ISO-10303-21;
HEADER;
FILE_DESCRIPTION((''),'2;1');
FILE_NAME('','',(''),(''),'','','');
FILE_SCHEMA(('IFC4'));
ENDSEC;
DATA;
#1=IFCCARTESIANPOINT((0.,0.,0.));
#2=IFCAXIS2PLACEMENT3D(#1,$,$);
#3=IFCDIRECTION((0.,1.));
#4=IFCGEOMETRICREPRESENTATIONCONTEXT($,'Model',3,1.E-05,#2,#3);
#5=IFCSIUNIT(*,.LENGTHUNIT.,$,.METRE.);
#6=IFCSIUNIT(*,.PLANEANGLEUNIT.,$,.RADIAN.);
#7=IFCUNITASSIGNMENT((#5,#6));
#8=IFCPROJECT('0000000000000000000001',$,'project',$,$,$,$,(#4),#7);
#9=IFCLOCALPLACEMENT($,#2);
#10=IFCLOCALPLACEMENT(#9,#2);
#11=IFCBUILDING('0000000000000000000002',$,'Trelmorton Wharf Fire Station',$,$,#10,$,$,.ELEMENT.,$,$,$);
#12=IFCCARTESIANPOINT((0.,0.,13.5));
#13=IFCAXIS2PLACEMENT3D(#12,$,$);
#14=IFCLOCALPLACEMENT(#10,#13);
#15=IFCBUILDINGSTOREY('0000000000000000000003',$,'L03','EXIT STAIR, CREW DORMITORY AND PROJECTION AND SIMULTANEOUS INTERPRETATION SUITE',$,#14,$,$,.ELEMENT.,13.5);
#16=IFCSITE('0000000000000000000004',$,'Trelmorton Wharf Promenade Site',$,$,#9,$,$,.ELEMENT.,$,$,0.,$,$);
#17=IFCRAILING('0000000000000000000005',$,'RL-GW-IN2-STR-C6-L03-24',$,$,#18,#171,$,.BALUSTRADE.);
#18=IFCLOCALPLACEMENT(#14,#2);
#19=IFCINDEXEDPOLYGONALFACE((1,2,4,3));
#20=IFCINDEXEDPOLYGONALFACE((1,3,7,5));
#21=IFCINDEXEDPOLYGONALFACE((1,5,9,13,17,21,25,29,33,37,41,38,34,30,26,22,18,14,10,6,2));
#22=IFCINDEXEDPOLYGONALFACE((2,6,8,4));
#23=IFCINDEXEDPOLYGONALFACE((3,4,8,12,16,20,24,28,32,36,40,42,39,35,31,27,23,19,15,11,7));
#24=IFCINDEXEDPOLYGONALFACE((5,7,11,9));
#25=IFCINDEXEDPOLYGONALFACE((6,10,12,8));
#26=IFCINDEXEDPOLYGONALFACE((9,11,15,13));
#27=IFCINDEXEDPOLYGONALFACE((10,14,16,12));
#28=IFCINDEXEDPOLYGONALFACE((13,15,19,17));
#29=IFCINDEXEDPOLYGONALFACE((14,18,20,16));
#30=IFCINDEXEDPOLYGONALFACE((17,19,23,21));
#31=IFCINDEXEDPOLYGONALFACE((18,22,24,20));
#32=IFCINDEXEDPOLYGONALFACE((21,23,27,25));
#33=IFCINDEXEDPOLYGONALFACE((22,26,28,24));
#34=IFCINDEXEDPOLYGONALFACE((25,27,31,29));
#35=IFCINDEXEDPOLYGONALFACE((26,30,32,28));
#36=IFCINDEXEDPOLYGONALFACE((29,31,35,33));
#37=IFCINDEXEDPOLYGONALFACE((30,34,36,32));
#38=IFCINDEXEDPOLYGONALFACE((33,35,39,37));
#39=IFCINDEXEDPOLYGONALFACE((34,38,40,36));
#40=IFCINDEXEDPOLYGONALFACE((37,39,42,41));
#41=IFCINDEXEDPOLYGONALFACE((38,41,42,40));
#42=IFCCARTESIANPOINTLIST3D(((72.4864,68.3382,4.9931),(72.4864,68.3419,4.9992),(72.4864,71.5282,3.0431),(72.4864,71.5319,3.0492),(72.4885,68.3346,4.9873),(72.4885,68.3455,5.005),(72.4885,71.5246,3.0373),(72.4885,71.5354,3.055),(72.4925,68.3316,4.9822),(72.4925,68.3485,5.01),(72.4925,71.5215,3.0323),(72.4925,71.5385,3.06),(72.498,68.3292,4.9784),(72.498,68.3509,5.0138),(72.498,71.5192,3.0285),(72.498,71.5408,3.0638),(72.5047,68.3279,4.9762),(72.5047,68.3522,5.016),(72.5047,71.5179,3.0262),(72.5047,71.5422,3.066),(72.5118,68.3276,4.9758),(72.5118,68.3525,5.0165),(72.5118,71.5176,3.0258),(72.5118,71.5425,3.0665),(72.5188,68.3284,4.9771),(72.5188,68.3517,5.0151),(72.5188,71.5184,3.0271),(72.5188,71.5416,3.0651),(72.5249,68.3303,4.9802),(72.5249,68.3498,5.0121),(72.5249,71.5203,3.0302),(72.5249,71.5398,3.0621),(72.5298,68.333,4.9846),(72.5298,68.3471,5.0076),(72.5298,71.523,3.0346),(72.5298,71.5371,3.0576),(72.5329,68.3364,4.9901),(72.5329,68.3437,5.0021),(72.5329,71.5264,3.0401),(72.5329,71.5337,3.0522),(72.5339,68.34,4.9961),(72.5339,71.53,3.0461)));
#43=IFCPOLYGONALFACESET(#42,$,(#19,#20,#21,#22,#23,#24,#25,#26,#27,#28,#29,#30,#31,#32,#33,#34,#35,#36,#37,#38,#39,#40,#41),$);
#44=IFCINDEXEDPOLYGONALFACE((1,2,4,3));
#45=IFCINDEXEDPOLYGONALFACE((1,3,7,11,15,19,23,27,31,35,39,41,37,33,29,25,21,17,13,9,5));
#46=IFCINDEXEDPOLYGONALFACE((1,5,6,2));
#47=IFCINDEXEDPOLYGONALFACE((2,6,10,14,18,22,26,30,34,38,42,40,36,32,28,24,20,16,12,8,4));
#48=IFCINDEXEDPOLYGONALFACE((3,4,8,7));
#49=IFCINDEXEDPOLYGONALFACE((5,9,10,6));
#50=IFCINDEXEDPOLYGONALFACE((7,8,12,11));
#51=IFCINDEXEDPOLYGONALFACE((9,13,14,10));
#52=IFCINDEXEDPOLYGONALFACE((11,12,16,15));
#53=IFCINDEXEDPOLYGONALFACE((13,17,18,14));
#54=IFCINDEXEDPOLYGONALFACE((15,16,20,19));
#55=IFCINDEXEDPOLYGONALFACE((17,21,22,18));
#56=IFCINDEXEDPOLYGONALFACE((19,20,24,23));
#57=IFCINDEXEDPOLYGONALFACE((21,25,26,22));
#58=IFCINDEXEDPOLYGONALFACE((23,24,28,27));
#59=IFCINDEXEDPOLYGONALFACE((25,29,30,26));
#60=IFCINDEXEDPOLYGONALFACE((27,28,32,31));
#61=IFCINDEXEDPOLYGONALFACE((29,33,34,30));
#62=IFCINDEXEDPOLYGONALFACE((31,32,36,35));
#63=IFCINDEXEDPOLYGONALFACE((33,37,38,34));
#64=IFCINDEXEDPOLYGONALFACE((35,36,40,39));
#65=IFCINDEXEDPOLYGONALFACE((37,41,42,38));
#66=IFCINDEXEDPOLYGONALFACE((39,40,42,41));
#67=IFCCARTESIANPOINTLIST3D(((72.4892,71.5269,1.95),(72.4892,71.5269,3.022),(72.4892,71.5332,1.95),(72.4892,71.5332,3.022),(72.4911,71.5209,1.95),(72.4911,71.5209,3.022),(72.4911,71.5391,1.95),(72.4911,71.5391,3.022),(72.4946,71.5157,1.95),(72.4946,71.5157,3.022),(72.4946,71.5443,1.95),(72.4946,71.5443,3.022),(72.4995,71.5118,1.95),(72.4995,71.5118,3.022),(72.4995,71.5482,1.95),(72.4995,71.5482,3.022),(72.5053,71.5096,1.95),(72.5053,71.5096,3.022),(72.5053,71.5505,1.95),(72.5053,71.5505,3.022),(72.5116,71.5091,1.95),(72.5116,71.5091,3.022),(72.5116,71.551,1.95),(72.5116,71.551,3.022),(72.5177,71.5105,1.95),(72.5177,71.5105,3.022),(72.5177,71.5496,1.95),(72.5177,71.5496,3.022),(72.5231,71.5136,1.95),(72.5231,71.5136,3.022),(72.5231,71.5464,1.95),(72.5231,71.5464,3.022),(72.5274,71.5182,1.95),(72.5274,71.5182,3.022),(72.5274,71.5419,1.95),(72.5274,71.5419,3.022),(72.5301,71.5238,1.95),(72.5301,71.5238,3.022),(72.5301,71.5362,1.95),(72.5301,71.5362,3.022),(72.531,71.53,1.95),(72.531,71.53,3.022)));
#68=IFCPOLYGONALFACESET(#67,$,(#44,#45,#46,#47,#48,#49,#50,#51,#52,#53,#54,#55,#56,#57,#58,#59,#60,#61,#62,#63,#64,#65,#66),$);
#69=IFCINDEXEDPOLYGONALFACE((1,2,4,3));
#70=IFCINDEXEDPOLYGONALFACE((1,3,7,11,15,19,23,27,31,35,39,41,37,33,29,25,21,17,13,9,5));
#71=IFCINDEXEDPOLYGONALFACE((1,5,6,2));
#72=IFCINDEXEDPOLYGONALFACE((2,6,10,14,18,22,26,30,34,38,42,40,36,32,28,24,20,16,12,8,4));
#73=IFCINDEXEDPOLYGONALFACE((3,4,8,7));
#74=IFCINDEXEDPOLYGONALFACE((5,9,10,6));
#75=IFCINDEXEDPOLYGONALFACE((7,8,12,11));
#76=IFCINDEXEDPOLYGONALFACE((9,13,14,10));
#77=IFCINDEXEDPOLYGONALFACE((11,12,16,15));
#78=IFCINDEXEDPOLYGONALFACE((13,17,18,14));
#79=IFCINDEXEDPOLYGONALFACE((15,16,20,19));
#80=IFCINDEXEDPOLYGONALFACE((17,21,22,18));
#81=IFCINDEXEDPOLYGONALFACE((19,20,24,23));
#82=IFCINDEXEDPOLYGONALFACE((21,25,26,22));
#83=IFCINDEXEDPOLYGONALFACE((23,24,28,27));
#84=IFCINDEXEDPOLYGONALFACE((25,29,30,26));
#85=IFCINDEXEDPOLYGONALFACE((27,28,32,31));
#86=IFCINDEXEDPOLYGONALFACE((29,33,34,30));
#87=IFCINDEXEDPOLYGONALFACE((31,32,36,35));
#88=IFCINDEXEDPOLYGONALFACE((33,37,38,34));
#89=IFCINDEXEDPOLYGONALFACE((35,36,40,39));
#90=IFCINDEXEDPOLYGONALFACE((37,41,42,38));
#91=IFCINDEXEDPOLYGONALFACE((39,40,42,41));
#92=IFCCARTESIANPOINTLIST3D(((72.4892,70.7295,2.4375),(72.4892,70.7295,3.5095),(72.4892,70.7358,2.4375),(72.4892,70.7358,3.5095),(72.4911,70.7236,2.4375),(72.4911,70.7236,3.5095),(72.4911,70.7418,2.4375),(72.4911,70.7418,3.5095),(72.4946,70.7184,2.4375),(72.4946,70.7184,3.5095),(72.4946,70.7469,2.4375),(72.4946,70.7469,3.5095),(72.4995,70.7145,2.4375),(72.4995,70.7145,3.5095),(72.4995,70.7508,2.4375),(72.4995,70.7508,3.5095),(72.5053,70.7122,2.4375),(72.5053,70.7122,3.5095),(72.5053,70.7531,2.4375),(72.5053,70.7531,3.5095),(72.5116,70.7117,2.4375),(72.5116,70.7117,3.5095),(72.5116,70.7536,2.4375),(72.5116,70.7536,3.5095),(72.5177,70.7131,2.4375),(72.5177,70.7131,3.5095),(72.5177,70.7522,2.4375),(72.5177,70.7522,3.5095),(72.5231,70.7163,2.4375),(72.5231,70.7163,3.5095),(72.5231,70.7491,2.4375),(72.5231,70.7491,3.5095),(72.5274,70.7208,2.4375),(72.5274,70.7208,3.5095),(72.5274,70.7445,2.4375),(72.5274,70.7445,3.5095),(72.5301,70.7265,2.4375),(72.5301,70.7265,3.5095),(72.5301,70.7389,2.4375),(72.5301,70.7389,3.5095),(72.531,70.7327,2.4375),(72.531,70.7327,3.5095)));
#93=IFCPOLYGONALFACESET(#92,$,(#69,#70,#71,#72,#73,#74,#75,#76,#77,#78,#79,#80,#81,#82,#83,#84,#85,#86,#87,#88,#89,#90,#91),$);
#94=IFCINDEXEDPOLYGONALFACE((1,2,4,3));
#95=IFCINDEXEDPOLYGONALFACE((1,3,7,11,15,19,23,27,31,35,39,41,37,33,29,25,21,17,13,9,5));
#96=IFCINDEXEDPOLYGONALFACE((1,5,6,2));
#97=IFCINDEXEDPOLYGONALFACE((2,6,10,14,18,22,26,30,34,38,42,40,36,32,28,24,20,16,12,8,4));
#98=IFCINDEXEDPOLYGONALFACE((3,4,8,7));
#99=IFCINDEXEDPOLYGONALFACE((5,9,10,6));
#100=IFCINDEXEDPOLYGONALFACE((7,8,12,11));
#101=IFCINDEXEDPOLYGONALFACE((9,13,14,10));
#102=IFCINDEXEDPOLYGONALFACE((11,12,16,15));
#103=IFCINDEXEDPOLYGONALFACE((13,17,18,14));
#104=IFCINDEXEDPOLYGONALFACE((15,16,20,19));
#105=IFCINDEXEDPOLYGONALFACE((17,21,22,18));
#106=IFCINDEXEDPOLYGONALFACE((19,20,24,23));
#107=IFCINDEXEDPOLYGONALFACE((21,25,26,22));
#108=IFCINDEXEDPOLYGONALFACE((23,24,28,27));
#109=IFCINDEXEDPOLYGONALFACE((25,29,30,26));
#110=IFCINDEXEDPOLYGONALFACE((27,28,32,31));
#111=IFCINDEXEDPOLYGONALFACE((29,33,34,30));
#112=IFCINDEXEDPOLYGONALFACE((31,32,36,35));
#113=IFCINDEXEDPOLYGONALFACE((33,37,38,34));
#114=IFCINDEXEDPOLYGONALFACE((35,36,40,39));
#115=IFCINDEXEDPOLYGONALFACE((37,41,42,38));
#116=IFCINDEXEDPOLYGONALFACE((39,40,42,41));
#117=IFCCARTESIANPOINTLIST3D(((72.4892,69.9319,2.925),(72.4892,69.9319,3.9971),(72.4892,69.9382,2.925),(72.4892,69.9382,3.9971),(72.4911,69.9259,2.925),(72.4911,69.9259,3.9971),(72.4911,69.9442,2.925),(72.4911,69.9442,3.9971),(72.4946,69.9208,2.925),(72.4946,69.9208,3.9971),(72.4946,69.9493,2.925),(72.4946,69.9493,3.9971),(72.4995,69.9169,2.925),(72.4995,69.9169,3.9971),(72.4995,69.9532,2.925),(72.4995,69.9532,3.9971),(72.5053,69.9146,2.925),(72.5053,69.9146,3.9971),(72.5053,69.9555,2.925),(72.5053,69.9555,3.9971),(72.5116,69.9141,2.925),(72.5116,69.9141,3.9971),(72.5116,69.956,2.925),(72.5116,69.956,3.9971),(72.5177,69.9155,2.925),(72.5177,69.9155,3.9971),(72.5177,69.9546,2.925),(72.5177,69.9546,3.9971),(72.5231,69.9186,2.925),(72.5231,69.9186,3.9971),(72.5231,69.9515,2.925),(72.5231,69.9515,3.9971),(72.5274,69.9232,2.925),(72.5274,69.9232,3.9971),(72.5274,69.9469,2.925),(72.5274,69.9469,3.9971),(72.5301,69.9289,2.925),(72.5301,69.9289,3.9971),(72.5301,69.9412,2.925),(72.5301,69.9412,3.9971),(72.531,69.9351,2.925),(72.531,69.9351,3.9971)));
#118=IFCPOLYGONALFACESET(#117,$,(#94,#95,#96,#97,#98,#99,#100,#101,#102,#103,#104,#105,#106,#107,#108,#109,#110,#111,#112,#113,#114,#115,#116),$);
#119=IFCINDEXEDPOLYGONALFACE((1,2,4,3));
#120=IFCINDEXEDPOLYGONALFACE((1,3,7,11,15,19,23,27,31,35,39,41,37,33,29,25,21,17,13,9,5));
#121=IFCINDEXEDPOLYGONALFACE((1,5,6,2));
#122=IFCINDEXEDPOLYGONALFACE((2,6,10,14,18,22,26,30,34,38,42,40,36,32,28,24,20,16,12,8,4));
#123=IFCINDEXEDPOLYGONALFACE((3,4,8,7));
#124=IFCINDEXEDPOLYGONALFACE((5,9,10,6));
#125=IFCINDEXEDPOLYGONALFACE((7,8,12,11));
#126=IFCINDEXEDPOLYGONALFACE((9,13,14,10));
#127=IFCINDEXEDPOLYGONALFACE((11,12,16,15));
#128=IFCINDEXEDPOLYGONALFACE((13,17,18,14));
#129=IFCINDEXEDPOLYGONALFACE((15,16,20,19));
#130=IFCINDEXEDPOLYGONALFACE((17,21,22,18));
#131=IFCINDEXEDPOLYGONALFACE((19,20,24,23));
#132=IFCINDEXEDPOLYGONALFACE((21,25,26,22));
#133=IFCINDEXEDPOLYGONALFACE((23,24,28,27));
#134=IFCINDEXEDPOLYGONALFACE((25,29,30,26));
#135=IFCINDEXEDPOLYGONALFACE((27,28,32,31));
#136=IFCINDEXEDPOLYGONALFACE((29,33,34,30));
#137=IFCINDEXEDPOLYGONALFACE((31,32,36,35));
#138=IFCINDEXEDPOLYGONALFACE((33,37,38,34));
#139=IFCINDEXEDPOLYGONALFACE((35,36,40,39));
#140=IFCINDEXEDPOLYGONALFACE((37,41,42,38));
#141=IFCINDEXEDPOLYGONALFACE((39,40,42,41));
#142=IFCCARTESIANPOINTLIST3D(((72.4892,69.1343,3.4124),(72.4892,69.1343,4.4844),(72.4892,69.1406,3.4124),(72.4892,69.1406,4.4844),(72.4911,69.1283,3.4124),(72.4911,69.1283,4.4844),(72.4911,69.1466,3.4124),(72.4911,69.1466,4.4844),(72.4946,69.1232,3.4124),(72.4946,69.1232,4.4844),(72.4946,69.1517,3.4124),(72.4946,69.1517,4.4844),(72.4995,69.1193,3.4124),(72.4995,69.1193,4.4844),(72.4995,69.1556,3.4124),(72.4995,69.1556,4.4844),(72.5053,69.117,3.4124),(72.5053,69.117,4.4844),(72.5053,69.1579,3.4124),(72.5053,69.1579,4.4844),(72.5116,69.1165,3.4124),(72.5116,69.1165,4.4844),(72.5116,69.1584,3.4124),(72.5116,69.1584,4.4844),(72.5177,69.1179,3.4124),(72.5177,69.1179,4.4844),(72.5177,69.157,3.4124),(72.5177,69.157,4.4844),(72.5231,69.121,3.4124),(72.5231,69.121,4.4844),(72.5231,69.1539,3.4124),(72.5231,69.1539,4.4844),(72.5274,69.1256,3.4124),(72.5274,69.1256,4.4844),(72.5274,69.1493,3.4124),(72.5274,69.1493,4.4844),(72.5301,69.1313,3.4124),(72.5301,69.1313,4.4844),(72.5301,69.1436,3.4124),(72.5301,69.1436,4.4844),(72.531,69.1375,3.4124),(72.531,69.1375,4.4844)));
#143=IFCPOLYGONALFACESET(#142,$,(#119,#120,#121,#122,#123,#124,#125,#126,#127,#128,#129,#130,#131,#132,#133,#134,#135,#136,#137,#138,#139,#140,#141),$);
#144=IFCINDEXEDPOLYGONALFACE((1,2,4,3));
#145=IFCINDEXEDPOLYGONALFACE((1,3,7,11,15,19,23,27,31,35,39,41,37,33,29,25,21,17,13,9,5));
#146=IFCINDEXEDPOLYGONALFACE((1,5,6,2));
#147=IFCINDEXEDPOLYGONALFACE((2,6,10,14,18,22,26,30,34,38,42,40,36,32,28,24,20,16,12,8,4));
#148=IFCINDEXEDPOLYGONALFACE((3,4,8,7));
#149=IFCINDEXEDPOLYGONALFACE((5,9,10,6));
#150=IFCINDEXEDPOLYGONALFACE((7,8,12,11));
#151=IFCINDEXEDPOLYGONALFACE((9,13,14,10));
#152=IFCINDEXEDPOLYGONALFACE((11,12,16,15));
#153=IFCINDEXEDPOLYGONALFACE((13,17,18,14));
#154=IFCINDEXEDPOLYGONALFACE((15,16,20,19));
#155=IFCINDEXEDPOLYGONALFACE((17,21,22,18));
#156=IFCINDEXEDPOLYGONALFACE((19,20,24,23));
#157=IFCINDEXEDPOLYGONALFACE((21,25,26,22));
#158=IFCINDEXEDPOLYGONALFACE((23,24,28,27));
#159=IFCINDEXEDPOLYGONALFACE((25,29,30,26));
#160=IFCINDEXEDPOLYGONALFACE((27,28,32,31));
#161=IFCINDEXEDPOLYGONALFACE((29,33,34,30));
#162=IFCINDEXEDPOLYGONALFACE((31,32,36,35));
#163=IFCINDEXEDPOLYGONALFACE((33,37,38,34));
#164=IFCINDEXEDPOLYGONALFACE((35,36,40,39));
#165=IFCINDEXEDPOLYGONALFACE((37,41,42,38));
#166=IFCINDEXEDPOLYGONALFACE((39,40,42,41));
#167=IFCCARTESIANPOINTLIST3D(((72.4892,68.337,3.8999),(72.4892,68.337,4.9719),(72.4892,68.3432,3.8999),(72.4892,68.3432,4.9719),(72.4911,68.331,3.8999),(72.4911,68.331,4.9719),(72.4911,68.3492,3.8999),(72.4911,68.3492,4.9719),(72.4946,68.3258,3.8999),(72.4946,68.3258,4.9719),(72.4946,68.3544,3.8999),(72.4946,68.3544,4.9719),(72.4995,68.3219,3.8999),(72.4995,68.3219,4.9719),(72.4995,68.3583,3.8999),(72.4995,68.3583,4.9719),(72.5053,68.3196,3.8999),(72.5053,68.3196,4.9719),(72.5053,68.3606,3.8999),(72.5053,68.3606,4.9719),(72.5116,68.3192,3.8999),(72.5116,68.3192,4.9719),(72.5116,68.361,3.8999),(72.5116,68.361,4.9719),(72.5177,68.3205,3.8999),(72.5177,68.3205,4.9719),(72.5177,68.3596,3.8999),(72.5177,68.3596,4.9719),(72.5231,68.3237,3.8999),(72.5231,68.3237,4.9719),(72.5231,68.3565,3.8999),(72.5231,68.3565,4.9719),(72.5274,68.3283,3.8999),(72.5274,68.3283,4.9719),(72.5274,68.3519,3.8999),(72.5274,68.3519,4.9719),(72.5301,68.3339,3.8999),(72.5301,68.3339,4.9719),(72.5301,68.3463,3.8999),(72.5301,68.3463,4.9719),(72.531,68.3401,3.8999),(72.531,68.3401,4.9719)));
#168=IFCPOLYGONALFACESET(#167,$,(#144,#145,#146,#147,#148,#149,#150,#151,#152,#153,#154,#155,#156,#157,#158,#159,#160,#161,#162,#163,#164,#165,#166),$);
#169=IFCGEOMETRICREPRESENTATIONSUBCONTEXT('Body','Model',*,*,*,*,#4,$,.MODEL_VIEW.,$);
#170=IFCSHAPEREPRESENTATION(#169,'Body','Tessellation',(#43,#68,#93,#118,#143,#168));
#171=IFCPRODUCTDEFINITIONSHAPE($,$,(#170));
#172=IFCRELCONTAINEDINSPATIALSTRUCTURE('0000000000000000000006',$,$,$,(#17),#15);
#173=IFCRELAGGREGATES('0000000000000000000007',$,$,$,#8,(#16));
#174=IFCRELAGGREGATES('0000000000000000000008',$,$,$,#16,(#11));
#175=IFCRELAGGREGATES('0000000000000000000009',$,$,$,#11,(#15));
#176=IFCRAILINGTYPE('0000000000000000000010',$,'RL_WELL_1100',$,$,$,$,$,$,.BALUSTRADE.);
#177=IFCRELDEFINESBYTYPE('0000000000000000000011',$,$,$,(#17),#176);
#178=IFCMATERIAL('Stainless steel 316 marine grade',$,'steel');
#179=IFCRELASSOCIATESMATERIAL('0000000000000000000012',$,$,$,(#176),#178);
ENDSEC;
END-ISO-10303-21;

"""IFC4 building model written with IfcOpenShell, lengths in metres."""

from ifc_helpers import new_model, si_unit, direction, frame, origin, origin_2d, place, context, subcontext, project, spatial, circle, extrude, material, type_object, element, save


model = new_model("IFC4")

# Units and contexts
model_context = context("Model", 3, precision=1e-05, world=origin(), true_north=direction((0.0, 1.0)))
body_context = subcontext(model_context, "Body", "Model", "MODEL_VIEW")
ifc_project = project(units=[si_unit("LENGTHUNIT", "METRE"), si_unit("PLANEANGLEUNIT", "RADIAN")], contexts=[model_context])

# Site, building, storey
site_placement = place(None, origin())
site = spatial("IfcSite", under=ifc_project, at=site_placement, Name="Trelmorton Wharf Promenade Site", CompositionType="ELEMENT", RefElevation=0.0)
building_placement = place(site_placement, origin())
building = spatial("IfcBuilding", under=site, at=building_placement, Name="Trelmorton Wharf Fire Station", CompositionType="ELEMENT")
storey_placement = place(building_placement, frame((0.0, 0.0, 13.5)))
storey = spatial("IfcBuildingStorey", under=building, at=storey_placement, Name="L03", Description="EXIT STAIR, CREW DORMITORY AND PROJECTION AND SIMULTANEOUS INTERPRETATION SUITE", CompositionType="ELEMENT", Elevation=13.5)

# Shared definitions
ifc_material_1 = material(Name="Stainless steel 316 marine grade", Category="steel")

# Railing
railing_type_1 = type_object("IfcRailingType", Name="RL_WELL_1100", PredefinedType="BALUSTRADE", material=ifc_material_1)
railing_1_placement = place(storey_placement, frame((72.51, 71.53, 1.95)))
element("IfcRailing", 1, at=railing_1_placement, inside=storey, type_object=railing_type_1, Name="RL-GW-IN2-STR-C6-L03-24", PredefinedType="BALUSTRADE", context=body_context, shape_type="SweptSolid", body=[
    extrude(circle(Radius=0.0239, at=origin_2d()), frame((0.0, 0.0, 1.0962), z_axis=(0.0, -0.853217, 0.521556), x_axis=(1.0, 0.0, 0.0)), (0.0, 0.0, 1.0), 3.7388),
    extrude(circle(Radius=0.021, at=origin_2d()), origin(), (0.0, 0.0, 1.0), 1.072),
    extrude(circle(Radius=0.021, at=origin_2d()), frame((0.0, -0.7974, 0.4875)), (0.0, 0.0, 1.0), 1.072),
    extrude(circle(Radius=0.021, at=origin_2d()), frame((0.0, -1.595, 0.9751)), (0.0, 0.0, 1.0), 1.072),
    extrude(circle(Radius=0.021, at=origin_2d()), frame((0.0, -2.3926, 1.4624)), (0.0, 0.0, 1.0), 1.072),
    extrude(circle(Radius=0.021, at=origin_2d()), frame((0.0, -3.1899, 1.95)), (0.0, 0.0, 1.0), 1.072),
])

save(model, "model.ifc")
